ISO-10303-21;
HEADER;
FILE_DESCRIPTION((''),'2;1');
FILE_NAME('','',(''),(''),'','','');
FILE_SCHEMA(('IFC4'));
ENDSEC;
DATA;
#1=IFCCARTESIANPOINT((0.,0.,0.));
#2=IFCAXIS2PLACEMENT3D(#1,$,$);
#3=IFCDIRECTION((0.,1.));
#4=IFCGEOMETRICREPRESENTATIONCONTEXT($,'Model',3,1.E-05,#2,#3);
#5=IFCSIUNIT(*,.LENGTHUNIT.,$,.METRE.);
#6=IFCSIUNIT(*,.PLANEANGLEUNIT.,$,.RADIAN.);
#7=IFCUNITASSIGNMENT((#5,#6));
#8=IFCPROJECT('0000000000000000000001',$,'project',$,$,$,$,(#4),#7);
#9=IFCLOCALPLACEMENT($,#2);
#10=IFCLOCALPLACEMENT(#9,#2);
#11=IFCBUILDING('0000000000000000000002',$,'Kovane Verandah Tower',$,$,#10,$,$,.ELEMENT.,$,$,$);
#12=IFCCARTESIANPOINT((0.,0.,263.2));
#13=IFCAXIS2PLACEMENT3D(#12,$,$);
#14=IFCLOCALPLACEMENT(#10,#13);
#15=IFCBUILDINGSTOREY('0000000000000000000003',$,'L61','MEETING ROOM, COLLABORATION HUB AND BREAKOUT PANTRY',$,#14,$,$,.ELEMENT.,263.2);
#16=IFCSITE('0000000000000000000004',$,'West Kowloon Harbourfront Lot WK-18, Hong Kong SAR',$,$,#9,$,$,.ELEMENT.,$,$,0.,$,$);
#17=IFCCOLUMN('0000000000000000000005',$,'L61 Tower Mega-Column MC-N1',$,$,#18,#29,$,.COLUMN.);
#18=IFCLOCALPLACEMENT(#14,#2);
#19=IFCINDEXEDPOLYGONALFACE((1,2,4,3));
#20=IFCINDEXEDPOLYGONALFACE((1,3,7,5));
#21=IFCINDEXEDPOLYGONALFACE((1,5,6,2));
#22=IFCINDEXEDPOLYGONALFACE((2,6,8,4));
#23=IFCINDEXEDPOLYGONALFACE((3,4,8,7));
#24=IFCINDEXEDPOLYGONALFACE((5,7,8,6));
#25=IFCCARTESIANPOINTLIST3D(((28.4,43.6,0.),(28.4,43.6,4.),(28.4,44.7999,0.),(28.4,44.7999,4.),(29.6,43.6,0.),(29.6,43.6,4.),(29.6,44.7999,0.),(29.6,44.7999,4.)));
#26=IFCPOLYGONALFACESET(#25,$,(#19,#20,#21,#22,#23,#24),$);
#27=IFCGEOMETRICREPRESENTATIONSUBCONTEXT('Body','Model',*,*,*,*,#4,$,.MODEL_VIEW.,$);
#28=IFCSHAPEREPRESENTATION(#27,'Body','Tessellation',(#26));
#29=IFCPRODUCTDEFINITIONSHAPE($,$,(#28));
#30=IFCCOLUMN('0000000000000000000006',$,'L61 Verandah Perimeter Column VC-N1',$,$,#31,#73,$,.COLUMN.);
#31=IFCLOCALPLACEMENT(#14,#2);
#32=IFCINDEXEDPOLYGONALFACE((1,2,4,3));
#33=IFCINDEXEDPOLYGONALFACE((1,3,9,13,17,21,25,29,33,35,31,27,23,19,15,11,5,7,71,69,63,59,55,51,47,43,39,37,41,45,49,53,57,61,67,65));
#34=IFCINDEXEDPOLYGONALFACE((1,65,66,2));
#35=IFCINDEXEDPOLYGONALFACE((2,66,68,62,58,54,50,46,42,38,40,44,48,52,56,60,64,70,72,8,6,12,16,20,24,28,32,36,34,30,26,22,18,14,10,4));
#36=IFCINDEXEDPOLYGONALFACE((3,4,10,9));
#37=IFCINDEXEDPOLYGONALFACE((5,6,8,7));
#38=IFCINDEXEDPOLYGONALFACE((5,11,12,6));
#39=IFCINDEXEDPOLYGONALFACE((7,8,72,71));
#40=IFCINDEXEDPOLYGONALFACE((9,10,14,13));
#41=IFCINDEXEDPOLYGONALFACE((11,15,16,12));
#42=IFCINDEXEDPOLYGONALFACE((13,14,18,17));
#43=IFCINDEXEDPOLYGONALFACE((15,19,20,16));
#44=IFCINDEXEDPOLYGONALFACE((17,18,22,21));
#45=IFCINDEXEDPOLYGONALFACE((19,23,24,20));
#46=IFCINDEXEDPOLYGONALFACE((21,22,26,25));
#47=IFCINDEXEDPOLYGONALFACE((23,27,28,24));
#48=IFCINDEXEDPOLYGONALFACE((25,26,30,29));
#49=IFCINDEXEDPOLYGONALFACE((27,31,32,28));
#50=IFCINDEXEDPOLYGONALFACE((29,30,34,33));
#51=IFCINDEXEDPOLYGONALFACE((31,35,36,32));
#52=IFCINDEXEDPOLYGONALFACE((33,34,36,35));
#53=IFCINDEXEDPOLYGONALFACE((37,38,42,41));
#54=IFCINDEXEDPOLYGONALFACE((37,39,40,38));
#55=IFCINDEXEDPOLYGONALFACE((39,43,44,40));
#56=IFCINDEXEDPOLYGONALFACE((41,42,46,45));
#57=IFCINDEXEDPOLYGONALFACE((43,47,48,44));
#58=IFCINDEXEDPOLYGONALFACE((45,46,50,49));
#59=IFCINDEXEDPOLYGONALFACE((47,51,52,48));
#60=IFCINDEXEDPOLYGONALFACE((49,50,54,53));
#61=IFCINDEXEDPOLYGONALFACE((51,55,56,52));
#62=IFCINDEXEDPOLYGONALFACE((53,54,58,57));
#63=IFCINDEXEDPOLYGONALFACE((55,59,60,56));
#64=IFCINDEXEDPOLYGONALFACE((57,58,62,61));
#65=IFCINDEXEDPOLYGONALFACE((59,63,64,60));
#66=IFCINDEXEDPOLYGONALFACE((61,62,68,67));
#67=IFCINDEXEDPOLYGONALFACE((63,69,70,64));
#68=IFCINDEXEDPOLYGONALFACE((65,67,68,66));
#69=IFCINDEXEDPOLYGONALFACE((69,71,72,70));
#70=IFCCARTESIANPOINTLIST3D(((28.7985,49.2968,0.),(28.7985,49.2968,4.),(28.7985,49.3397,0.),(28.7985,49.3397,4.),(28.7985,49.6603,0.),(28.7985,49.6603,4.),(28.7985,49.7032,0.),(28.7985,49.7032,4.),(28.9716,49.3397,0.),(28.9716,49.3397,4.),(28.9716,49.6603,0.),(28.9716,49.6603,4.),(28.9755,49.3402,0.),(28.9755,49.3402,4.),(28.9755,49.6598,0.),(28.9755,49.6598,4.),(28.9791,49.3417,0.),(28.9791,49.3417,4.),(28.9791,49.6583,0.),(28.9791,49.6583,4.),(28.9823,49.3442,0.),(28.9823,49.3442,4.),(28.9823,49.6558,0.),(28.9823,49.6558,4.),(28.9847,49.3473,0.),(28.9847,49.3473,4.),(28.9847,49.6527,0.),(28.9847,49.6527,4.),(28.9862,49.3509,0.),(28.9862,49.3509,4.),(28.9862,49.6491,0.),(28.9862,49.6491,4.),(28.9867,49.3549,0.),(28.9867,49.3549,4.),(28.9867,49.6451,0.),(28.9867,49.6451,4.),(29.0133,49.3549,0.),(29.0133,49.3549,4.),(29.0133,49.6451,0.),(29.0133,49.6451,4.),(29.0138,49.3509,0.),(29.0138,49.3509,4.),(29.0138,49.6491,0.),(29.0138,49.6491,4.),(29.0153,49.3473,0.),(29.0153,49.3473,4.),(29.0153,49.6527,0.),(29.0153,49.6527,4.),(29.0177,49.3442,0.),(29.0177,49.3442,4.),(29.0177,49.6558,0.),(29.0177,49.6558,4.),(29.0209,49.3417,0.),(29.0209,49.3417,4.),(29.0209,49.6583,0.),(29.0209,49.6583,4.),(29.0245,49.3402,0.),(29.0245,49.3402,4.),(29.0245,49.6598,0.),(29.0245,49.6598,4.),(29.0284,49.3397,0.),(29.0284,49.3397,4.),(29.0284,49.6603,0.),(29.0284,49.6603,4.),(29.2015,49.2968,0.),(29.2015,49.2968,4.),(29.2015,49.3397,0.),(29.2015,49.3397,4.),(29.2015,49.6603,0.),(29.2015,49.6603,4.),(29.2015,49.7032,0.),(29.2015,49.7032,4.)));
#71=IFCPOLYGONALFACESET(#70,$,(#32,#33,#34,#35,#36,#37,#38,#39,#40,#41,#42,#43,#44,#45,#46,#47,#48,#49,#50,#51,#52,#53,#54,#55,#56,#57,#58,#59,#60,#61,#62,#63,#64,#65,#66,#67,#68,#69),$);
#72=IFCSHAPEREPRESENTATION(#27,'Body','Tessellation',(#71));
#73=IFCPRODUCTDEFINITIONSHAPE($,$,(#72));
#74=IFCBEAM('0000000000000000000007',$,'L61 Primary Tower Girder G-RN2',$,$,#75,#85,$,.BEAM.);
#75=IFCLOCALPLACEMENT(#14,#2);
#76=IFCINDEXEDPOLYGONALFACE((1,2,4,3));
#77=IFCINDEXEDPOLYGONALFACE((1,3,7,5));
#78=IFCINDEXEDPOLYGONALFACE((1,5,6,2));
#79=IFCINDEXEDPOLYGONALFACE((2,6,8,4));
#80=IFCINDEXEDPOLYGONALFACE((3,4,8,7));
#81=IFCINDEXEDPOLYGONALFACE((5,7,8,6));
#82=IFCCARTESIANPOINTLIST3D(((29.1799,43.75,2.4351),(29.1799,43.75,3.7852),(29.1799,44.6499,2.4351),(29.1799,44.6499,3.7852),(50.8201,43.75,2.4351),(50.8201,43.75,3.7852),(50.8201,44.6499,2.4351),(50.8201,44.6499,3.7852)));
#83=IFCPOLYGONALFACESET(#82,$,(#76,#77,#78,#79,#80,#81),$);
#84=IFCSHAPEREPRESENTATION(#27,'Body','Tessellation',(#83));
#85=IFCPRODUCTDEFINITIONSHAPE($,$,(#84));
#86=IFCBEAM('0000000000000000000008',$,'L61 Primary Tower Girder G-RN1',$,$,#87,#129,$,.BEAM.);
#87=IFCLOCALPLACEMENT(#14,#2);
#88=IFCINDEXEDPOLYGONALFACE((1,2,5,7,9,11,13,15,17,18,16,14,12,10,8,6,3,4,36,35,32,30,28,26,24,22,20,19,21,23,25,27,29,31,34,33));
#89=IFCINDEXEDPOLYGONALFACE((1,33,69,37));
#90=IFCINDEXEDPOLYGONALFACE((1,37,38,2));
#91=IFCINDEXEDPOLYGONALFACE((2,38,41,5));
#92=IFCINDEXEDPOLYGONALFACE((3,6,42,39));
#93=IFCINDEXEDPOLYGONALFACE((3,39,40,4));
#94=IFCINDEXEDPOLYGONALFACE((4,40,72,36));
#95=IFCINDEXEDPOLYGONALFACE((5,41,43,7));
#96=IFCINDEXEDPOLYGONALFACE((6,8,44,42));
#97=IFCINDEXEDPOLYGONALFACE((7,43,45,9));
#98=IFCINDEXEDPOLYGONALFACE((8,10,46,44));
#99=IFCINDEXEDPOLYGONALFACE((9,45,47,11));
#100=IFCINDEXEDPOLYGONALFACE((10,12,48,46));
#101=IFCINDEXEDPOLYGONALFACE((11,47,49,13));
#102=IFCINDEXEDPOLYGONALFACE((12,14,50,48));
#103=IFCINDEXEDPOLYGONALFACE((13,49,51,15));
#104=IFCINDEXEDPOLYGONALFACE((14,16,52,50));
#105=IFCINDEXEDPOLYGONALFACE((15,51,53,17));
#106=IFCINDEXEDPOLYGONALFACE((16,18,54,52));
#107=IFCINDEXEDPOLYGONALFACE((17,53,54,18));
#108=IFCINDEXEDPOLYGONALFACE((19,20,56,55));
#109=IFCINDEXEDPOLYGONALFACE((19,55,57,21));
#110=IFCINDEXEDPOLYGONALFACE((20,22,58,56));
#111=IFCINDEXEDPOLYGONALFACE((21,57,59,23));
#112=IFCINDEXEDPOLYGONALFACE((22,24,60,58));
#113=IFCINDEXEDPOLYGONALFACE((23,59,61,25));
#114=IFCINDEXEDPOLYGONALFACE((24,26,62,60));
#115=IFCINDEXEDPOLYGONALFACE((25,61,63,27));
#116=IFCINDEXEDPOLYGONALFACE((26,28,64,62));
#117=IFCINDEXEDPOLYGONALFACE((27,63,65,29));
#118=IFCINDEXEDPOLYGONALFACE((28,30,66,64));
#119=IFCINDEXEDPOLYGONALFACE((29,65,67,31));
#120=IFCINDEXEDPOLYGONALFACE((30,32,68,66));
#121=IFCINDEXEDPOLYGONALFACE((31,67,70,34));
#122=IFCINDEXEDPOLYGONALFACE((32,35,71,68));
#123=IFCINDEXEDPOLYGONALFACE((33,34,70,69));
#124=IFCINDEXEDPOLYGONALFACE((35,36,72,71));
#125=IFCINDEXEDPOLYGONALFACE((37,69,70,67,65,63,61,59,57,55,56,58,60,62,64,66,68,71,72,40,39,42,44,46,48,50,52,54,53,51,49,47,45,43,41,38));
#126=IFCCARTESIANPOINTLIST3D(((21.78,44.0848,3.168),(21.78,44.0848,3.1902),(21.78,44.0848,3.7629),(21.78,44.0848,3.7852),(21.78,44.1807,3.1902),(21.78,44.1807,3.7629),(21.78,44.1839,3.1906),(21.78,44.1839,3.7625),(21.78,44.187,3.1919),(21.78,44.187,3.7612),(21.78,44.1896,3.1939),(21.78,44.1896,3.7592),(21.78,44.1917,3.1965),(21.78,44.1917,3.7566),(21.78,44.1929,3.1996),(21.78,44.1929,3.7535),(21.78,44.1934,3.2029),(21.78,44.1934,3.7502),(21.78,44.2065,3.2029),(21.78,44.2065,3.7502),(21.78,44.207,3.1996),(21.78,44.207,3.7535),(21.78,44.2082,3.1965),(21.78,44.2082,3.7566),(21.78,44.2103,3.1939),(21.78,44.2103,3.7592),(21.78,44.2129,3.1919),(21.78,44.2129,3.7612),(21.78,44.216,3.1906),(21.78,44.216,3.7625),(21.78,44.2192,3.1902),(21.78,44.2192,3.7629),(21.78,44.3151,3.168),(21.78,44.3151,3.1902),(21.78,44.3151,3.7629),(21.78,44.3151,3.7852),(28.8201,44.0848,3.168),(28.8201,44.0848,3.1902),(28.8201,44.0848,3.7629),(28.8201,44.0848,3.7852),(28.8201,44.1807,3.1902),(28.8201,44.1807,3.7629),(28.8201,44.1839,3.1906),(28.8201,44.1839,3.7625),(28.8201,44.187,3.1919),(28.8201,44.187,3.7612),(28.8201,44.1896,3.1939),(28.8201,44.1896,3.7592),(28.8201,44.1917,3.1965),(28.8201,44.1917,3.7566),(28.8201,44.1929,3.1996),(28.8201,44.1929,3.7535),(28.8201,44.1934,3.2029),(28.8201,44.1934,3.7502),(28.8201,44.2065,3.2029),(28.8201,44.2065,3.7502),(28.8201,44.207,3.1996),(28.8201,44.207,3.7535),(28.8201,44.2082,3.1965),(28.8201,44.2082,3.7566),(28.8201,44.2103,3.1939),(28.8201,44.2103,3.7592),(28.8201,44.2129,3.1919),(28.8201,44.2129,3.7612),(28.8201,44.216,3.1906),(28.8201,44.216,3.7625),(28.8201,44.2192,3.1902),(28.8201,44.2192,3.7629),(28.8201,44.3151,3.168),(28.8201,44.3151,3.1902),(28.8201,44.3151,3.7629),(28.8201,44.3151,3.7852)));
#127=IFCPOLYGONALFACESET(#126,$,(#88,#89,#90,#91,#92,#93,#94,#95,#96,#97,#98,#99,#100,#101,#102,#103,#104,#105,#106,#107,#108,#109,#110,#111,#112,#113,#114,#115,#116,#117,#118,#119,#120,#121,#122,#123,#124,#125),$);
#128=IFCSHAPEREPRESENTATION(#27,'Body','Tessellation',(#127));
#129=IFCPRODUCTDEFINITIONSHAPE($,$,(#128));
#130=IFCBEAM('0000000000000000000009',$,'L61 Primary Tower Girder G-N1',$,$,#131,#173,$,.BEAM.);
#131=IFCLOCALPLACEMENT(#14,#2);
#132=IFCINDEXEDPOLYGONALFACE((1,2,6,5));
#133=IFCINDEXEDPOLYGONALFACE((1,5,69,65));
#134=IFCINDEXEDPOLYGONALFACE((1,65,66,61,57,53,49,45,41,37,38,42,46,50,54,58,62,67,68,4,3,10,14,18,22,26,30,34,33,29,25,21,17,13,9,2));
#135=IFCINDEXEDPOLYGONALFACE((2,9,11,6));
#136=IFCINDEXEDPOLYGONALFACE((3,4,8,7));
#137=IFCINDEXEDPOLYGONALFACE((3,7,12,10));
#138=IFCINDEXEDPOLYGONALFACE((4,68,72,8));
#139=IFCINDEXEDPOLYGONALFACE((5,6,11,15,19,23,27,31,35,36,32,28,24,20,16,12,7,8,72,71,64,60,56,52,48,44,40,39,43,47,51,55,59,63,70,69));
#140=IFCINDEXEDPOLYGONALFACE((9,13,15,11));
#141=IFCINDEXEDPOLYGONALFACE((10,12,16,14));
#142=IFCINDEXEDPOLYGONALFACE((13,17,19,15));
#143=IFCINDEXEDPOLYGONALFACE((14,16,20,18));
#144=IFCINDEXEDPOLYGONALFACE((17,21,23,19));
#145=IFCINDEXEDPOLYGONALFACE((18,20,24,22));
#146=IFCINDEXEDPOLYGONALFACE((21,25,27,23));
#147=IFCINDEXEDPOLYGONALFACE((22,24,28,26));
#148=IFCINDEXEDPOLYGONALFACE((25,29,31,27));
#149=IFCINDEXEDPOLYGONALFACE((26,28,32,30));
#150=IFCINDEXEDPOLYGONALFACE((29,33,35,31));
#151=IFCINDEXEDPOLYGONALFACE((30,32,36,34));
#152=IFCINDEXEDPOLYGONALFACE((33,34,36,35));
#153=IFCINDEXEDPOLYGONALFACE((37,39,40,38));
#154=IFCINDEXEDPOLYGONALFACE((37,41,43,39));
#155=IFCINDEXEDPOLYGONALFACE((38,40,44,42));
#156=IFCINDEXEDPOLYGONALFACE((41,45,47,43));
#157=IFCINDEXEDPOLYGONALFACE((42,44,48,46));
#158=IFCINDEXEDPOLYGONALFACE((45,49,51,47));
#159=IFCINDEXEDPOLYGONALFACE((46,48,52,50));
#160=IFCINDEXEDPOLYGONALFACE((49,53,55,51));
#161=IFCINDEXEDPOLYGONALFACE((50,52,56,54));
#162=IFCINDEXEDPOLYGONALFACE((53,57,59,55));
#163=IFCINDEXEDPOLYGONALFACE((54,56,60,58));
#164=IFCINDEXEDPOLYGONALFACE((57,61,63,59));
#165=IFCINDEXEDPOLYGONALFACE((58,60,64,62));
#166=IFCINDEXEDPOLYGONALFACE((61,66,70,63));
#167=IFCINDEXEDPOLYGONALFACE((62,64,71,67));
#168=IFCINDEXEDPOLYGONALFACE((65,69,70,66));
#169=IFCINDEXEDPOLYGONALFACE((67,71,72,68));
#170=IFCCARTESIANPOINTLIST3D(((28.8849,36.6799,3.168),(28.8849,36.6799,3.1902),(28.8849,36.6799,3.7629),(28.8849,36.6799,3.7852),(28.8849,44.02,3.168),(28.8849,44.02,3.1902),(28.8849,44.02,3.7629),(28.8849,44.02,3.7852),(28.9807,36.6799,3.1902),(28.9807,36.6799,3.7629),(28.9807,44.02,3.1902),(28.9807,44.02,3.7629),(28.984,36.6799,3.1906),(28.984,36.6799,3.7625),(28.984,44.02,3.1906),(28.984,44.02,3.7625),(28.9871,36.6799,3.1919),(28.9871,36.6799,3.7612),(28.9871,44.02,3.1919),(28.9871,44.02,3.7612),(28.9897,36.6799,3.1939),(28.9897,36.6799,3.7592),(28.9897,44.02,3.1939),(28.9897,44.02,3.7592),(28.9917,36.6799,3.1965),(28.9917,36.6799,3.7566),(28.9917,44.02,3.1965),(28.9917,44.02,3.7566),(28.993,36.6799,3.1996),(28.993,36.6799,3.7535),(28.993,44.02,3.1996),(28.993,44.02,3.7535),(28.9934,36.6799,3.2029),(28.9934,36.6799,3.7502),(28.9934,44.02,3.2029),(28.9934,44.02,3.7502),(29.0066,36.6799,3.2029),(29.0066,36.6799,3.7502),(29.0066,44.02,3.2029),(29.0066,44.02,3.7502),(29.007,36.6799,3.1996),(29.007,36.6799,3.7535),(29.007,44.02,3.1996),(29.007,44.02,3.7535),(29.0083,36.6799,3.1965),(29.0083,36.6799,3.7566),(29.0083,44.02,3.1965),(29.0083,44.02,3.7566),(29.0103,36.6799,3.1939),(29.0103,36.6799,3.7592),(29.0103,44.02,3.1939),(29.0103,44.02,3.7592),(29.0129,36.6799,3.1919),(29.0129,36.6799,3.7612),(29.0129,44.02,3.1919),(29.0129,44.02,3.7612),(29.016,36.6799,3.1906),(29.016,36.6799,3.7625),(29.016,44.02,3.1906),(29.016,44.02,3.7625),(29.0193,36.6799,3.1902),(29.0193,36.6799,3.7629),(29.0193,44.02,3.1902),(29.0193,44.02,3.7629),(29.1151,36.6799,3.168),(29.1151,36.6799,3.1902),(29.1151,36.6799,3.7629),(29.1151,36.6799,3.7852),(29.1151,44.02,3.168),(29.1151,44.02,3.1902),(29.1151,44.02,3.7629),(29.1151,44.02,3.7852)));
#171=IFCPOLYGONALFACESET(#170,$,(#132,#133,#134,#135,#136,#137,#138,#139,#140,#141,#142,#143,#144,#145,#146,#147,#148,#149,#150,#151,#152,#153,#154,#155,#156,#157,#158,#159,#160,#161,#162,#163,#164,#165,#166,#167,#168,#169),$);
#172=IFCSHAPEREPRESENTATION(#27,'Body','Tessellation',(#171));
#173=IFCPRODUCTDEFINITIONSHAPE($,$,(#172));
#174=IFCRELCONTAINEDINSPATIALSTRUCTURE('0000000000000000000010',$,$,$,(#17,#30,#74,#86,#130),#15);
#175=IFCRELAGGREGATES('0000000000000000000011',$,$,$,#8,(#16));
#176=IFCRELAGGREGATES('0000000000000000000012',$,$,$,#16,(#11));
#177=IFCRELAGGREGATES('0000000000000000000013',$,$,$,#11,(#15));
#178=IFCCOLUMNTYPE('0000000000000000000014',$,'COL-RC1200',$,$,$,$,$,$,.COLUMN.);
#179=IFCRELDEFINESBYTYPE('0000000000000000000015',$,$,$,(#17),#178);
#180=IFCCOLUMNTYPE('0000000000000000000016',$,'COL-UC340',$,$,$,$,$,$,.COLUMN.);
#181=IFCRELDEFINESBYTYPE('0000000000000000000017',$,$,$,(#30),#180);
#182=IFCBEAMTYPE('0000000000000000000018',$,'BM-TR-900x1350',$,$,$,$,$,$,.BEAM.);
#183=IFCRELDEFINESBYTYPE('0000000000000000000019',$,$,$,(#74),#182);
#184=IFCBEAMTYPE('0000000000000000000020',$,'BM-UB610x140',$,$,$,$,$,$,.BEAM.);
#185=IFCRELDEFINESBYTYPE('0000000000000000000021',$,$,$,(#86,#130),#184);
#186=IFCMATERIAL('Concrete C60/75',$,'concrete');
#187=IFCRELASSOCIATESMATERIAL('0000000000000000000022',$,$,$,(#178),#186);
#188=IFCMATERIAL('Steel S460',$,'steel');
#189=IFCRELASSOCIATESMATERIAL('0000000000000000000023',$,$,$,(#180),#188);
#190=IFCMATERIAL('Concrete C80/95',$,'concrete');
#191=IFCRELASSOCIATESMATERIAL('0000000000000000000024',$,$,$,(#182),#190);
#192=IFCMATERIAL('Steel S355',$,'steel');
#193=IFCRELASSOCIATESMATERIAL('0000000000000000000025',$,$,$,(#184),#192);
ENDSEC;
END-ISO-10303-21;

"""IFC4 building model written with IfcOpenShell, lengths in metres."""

from ifc_helpers import new_model, si_unit, direction, frame, origin, origin_2d, place, context, subcontext, project, spatial, rectangle, i_section, extrude, material, material_profile, profile_set, type_object, element, save


model = new_model("IFC4")

# Units and contexts
model_context = context("Model", 3, precision=1e-05, world=origin(), true_north=direction((0.0, 1.0)))
body_context = subcontext(model_context, "Body", "Model", "MODEL_VIEW")
ifc_project = project(units=[si_unit("LENGTHUNIT", "METRE"), si_unit("PLANEANGLEUNIT", "RADIAN")], contexts=[model_context])

# Site, building, storey
site_placement = place(None, origin())
site = spatial("IfcSite", under=ifc_project, at=site_placement, Name="West Kowloon Harbourfront Lot WK-18, Hong Kong SAR", CompositionType="ELEMENT", RefElevation=0.0)
building_placement = place(site_placement, origin())
building = spatial("IfcBuilding", under=site, at=building_placement, Name="Kovane Verandah Tower", CompositionType="ELEMENT")
storey_placement = place(building_placement, frame((0.0, 0.0, 263.2)))
storey = spatial("IfcBuildingStorey", under=building, at=storey_placement, Name="L61", Description="MEETING ROOM, COLLABORATION HUB AND BREAKOUT PANTRY", CompositionType="ELEMENT", Elevation=263.2)

# Columns
ifc_material_1 = material(Name="Concrete C60/75", Category="concrete")
ifc_material_profile_1 = material_profile(ifc_material_1, rectangle(XDim=1.2, YDim=1.2, at=origin_2d()), Name="RC1200x1200")
ifc_profile_set_1 = profile_set([ifc_material_profile_1], Name="Concrete C60/75")
column_type_1 = type_object("IfcColumnType", Name="COL-RC1200", PredefinedType="COLUMN", material=ifc_profile_set_1)
column_1_placement = place(storey_placement, frame((29.0, 44.2, 0.0), z_axis=(0.0, 0.0, 1.0), x_axis=(1.0, 0.0, 0.0)))
element("IfcColumn", 1, at=column_1_placement, inside=storey, type_object=column_type_1, Name="L61 Tower Mega-Column MC-N1", PredefinedType="COLUMN", context=body_context, shape_type="SweptSolid", body=[
    extrude(rectangle(XDim=1.2, YDim=1.2, at=origin_2d()), origin(), (0.0, 0.0, 1.0), 4.0),
])
ifc_material_2 = material(Name="Steel S460", Category="steel")
ifc_material_profile_2 = material_profile(ifc_material_2, i_section(OverallWidth=0.4031, OverallDepth=0.4065, WebThickness=0.0266, FlangeThickness=0.043, FilletRadius=0.0151, at=origin_2d()), Name="UC356x406x340")
ifc_profile_set_2 = profile_set([ifc_material_profile_2], Name="Steel S460")
column_type_2 = type_object("IfcColumnType", Name="COL-UC340", PredefinedType="COLUMN", material=ifc_profile_set_2)
column_2_placement = place(storey_placement, frame((29.0, 49.5, 0.0), z_axis=(0.0, 0.0, 1.0), x_axis=(1.0, 0.0, 0.0)))
element("IfcColumn", 2, at=column_2_placement, inside=storey, type_object=column_type_2, Name="L61 Verandah Perimeter Column VC-N1", PredefinedType="COLUMN", context=body_context, shape_type="SweptSolid", body=[
    extrude(i_section(OverallWidth=0.4031, OverallDepth=0.4065, WebThickness=0.0266, FlangeThickness=0.043, FilletRadius=0.0151, at=origin_2d()), origin(), (0.0, 0.0, 1.0), 4.0),
])

# Beams
ifc_material_3 = material(Name="Concrete C80/95", Category="concrete")
ifc_material_profile_3 = material_profile(ifc_material_3, rectangle(XDim=0.8999, YDim=1.3501, at=origin_2d()), Name="RCB900x1350")
ifc_profile_set_3 = profile_set([ifc_material_profile_3], Name="Concrete C80/95")
beam_type_1 = type_object("IfcBeamType", Name="BM-TR-900x1350", PredefinedType="BEAM", material=ifc_profile_set_3)
beam_1_placement = place(storey_placement, frame((29.1799, 44.2, 3.1101), z_axis=(1.0, 0.0, 0.0), x_axis=(0.0, 1.0, 0.0)))
element("IfcBeam", 3, at=beam_1_placement, inside=storey, type_object=beam_type_1, Name="L61 Primary Tower Girder G-RN2", PredefinedType="BEAM", context=body_context, shape_type="SweptSolid", body=[
    extrude(rectangle(XDim=0.8999, YDim=1.3501, at=origin_2d()), origin(), (0.0, 0.0, 1.0), 21.6401),
])
ifc_material_4 = material(Name="Steel S355", Category="steel")
ifc_material_profile_4 = material_profile(ifc_material_4, i_section(OverallWidth=0.2302, OverallDepth=0.6172, WebThickness=0.0132, FlangeThickness=0.0222, FilletRadius=0.0127, at=origin_2d()), Name="UB610x229x140")
ifc_profile_set_4 = profile_set([ifc_material_profile_4], Name="Steel S355")
beam_type_2 = type_object("IfcBeamType", Name="BM-UB610x140", PredefinedType="BEAM", material=ifc_profile_set_4)
beam_2_placement = place(storey_placement, frame((21.78, 44.2, 3.4766), z_axis=(1.0, 0.0, 0.0), x_axis=(0.0, 1.0, 0.0)))
element("IfcBeam", 4, at=beam_2_placement, inside=storey, type_object=beam_type_2, Name="L61 Primary Tower Girder G-RN1", PredefinedType="BEAM", context=body_context, shape_type="SweptSolid", body=[
    extrude(i_section(OverallWidth=0.2302, OverallDepth=0.6172, WebThickness=0.0132, FlangeThickness=0.0222, FilletRadius=0.0127, at=origin_2d()), origin(), (0.0, 0.0, 1.0), 7.04),
])
beam_3_placement = place(storey_placement, frame((29.0, 36.6799, 3.4766), z_axis=(0.0, 1.0, 0.0), x_axis=(-1.0, 0.0, 0.0)))
element("IfcBeam", 5, at=beam_3_placement, inside=storey, type_object=beam_type_2, Name="L61 Primary Tower Girder G-N1", PredefinedType="BEAM", context=body_context, shape_type="SweptSolid", body=[
    extrude(i_section(OverallWidth=0.2302, OverallDepth=0.6172, WebThickness=0.0132, FlangeThickness=0.0222, FilletRadius=0.0127, at=origin_2d()), origin(), (0.0, 0.0, 1.0), 7.3401),
])

save(model, "model.ifc")
